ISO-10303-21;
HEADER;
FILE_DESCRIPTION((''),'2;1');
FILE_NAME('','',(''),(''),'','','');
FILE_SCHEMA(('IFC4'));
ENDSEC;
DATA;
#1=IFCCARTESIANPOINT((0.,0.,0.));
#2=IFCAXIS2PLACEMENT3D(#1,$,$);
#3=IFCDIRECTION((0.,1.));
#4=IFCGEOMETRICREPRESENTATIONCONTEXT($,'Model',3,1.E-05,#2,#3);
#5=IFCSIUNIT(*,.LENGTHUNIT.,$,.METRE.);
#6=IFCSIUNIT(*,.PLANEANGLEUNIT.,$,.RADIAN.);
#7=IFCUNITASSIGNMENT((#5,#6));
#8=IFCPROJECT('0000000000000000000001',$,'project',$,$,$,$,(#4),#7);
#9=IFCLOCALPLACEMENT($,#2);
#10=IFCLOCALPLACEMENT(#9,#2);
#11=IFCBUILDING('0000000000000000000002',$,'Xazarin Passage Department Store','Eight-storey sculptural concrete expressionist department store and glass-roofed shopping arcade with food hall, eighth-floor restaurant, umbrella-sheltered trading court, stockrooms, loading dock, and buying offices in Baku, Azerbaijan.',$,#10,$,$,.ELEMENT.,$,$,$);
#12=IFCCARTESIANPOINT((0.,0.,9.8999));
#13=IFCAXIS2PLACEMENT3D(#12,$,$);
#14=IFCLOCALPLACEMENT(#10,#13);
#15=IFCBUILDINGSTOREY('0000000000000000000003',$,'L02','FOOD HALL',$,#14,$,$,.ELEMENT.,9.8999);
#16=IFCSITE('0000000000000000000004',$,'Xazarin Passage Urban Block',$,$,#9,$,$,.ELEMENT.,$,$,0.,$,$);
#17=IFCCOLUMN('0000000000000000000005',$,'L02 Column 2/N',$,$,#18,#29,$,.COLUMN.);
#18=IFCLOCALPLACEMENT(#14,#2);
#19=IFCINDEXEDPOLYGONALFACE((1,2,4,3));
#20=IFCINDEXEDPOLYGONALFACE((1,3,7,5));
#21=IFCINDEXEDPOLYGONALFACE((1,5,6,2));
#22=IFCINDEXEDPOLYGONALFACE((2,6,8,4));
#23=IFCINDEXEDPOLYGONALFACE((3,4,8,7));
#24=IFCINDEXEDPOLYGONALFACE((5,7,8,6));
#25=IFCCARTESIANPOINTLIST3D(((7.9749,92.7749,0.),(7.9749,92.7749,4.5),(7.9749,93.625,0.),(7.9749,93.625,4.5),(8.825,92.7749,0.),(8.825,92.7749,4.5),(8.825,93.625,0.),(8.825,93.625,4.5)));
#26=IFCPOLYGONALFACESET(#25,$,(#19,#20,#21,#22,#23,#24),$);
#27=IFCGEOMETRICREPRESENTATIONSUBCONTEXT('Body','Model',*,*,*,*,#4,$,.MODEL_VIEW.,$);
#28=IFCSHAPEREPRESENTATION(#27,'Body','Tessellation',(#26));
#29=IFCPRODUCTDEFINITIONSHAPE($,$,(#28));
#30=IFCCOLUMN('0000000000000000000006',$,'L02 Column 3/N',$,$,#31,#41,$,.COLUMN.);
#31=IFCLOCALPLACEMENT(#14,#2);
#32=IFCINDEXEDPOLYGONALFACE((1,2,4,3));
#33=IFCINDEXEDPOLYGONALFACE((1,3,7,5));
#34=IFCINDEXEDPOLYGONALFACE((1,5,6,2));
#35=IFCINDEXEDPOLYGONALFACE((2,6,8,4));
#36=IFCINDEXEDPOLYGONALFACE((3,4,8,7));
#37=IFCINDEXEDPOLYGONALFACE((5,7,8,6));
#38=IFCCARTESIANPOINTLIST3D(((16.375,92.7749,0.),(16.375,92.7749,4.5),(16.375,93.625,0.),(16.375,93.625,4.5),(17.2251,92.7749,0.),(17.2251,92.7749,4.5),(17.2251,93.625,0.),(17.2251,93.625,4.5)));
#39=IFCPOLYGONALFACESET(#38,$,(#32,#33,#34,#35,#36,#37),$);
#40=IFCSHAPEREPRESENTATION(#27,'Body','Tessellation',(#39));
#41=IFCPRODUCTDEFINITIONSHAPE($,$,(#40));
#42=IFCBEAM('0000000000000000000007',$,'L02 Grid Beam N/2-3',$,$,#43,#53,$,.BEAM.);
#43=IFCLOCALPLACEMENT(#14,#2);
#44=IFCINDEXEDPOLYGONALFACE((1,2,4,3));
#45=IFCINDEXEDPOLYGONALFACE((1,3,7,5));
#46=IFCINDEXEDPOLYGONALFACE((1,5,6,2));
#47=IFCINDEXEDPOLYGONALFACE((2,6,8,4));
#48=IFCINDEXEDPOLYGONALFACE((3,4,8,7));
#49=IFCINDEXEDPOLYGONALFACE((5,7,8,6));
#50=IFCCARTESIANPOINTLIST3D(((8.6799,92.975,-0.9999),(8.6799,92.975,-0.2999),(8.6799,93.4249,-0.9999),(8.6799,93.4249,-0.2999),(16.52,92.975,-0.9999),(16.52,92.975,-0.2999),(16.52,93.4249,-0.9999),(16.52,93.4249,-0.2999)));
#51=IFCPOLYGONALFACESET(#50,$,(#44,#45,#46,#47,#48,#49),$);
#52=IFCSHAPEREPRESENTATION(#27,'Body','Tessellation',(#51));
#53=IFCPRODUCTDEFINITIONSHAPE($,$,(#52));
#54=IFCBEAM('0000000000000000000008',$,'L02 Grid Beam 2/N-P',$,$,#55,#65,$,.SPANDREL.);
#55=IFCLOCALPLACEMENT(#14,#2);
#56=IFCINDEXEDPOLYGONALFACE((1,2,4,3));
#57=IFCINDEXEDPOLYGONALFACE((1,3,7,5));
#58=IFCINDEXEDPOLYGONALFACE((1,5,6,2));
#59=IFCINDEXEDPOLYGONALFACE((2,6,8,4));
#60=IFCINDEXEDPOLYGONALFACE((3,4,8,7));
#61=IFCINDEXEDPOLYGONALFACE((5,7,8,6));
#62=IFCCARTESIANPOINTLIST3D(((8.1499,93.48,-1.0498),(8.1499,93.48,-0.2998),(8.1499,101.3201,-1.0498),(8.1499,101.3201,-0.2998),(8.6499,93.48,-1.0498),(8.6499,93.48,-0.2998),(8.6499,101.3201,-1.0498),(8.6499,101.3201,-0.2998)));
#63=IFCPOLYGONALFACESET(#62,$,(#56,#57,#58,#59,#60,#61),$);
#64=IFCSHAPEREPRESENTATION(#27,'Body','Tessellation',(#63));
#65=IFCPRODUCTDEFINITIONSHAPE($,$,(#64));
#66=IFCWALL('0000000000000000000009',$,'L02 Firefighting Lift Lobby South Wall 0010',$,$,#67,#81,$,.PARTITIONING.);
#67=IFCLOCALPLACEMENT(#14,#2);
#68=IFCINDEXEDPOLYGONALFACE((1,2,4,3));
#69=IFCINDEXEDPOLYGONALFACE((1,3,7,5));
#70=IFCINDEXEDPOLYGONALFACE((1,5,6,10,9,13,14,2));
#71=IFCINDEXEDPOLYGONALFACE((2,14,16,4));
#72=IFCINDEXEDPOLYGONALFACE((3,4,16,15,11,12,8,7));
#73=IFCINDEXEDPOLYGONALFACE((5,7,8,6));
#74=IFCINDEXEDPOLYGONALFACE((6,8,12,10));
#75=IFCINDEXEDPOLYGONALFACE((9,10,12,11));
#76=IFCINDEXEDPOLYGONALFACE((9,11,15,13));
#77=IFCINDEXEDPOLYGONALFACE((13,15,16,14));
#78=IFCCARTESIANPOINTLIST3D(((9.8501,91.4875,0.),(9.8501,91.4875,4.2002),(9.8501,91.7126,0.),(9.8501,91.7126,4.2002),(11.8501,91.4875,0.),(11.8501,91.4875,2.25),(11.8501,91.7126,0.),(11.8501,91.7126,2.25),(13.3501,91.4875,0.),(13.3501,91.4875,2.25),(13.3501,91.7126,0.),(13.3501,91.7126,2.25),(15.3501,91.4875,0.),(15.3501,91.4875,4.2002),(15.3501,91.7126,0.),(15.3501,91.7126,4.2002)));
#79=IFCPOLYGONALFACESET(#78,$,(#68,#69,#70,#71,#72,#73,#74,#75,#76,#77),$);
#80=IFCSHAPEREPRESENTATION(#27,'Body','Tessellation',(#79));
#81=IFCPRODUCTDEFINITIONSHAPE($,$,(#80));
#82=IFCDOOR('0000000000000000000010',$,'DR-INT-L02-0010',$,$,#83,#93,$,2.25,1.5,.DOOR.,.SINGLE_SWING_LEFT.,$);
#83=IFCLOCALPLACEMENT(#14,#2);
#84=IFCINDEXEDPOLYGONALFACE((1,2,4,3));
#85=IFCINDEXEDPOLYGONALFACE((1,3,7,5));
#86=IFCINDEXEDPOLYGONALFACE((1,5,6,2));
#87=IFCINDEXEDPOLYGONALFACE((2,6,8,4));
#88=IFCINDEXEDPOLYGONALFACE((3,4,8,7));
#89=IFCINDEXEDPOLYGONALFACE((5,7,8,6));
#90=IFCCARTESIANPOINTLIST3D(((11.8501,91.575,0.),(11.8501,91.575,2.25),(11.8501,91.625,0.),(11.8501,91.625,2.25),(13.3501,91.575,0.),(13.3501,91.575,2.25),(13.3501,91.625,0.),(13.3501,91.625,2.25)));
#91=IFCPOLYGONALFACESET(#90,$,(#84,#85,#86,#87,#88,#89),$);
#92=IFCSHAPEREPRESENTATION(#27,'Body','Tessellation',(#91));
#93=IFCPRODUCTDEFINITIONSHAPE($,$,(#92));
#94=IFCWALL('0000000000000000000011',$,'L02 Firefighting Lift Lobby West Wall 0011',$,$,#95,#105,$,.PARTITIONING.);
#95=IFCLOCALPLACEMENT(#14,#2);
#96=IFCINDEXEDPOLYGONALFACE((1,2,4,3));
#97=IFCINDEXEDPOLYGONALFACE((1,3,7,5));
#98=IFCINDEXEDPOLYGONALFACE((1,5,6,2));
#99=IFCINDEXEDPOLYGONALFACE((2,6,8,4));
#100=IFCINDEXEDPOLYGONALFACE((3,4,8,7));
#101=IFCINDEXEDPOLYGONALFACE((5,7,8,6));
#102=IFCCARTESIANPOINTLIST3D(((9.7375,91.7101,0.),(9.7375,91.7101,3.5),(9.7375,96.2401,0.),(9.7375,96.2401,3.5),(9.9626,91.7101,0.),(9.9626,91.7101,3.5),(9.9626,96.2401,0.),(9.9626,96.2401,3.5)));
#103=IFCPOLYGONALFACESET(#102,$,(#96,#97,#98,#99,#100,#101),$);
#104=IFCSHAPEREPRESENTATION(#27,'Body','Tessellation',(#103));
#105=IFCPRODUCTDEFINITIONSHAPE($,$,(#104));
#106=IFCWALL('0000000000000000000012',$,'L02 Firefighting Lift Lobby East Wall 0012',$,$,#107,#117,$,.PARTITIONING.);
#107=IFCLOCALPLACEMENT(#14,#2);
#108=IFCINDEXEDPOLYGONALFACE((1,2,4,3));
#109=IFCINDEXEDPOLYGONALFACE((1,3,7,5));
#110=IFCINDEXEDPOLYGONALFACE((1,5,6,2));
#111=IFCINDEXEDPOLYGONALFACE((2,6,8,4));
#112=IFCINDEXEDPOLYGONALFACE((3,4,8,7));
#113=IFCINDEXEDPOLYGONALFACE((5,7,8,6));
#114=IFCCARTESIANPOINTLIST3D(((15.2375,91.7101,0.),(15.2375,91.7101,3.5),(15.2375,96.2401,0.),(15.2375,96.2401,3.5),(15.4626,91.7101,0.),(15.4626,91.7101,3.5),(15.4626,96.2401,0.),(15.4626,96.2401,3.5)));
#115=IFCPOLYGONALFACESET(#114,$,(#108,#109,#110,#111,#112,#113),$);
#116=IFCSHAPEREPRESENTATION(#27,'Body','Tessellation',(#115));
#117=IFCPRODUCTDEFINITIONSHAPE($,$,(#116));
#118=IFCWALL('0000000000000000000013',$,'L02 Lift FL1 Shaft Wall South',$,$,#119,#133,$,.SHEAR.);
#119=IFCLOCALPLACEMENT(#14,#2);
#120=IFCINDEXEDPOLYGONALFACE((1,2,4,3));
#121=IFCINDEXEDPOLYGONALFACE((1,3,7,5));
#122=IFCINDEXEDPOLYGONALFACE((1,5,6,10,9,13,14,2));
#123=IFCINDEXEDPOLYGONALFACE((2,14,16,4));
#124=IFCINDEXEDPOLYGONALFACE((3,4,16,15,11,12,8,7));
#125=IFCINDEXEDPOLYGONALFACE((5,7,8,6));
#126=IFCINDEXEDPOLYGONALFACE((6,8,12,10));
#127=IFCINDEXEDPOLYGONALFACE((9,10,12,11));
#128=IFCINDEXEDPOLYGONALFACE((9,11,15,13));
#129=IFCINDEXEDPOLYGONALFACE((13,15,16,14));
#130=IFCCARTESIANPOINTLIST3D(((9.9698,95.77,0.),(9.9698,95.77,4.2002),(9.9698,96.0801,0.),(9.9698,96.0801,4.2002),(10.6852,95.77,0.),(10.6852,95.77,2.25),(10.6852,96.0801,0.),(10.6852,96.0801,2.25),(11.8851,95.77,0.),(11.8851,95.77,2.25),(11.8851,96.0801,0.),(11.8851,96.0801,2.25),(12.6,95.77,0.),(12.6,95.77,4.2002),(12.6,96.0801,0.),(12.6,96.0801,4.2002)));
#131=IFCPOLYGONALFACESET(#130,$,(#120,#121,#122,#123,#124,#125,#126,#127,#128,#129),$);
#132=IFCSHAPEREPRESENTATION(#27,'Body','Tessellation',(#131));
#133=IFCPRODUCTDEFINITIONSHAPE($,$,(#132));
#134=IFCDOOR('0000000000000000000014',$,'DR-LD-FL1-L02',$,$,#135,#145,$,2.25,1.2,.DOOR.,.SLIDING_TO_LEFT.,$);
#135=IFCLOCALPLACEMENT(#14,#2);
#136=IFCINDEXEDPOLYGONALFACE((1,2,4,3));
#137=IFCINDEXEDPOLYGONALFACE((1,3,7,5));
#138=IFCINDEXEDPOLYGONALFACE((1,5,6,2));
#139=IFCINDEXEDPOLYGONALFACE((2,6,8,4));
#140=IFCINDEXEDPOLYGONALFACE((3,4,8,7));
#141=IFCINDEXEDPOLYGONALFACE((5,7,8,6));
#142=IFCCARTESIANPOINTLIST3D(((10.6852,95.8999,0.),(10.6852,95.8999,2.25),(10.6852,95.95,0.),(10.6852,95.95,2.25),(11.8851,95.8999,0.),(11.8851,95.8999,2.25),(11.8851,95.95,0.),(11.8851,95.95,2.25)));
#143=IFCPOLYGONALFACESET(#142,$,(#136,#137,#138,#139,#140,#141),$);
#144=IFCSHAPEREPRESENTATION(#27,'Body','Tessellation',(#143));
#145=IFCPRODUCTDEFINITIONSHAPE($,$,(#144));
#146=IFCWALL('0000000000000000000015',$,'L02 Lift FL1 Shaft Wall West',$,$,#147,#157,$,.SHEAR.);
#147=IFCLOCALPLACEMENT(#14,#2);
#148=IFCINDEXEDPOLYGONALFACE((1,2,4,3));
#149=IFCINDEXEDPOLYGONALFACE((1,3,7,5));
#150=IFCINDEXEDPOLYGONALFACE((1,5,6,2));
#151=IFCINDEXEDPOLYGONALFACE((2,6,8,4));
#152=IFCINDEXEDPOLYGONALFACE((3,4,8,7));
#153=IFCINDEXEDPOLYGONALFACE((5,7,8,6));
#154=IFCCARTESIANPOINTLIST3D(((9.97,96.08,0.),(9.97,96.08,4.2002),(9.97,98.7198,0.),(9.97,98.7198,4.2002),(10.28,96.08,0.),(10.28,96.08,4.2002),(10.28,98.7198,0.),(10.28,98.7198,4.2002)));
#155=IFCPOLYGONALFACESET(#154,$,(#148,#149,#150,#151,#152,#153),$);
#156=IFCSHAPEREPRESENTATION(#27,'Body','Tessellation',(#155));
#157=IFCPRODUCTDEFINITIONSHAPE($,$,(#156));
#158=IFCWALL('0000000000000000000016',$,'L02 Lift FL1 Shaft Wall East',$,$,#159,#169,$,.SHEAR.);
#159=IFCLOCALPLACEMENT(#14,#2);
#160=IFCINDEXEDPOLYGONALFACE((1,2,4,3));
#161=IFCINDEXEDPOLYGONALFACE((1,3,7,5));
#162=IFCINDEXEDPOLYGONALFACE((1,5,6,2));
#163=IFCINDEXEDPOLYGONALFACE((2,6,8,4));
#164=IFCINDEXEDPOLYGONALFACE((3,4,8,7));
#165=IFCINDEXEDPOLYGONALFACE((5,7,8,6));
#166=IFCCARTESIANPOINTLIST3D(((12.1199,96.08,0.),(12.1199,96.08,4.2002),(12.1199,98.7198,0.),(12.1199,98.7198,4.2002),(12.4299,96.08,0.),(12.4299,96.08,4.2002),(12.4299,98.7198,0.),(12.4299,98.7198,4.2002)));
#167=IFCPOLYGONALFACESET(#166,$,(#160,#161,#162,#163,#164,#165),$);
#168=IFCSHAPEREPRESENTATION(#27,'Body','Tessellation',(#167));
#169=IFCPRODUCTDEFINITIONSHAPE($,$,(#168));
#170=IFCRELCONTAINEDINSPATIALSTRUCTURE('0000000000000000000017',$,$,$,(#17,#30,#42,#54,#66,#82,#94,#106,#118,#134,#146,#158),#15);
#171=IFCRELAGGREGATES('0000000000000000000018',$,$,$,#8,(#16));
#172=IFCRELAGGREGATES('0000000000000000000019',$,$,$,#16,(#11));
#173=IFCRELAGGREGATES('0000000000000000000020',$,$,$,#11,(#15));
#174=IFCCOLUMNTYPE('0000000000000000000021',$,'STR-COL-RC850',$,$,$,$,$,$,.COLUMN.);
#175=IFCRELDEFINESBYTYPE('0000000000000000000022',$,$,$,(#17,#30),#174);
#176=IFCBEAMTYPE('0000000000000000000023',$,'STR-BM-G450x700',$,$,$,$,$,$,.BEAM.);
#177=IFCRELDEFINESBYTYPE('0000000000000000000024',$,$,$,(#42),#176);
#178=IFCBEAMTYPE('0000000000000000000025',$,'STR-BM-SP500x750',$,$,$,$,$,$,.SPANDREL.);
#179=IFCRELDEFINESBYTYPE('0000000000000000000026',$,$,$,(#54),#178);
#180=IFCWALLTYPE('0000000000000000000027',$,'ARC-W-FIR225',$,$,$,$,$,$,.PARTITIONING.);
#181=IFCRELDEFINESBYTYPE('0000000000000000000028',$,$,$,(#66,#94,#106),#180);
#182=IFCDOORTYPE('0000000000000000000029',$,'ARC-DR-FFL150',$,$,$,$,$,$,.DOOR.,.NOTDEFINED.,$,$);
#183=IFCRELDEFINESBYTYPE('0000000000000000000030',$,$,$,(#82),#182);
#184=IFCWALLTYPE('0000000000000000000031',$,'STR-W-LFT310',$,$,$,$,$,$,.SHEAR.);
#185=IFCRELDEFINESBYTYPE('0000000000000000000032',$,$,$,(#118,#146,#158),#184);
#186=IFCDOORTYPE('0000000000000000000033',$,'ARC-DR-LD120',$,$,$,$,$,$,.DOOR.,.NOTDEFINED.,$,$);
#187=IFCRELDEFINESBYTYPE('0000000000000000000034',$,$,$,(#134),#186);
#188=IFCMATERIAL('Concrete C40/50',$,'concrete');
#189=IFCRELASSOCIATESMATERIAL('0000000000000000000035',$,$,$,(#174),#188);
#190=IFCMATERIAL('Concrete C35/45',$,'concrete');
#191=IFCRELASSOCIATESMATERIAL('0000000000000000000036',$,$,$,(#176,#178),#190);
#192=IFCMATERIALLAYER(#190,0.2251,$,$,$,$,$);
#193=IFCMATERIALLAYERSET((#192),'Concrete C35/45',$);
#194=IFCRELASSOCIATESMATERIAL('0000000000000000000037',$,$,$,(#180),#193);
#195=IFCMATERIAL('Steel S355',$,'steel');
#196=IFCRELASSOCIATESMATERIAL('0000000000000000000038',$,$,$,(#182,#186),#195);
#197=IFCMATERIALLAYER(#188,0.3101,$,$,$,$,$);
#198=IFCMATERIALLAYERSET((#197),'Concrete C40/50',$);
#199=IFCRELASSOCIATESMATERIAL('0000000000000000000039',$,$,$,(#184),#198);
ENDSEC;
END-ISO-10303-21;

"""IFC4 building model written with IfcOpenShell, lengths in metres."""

from ifc_helpers import new_model, si_unit, direction, frame, frame_2d, origin, origin_2d, place, context, subcontext, project, spatial, rectangle, extrude, material, layer, layer_set, material_profile, profile_set, type_object, element, fill, save


model = new_model("IFC4")

# Units and contexts
model_context = context("Model", 3, precision=1e-05, world=origin(), true_north=direction((0.0, 1.0)))
body_context = subcontext(model_context, "Body", "Model", "MODEL_VIEW")
ifc_project = project(units=[si_unit("LENGTHUNIT", "METRE"), si_unit("PLANEANGLEUNIT", "RADIAN")], contexts=[model_context])

# Site, building, storey
site_placement = place(None, origin())
site = spatial("IfcSite", under=ifc_project, at=site_placement, Name="Xazarin Passage Urban Block", CompositionType="ELEMENT", RefElevation=0.0)
building_placement = place(site_placement, origin())
building = spatial("IfcBuilding", under=site, at=building_placement, Name="Xazarin Passage Department Store", Description="Eight-storey sculptural concrete expressionist department store and glass-roofed shopping arcade with food hall, eighth-floor restaurant, umbrella-sheltered trading court, stockrooms, loading dock, and buying offices in Baku, Azerbaijan.", CompositionType="ELEMENT")
storey_placement = place(building_placement, frame((0.0, 0.0, 9.8999)))
storey = spatial("IfcBuildingStorey", under=building, at=storey_placement, Name="L02", Description="FOOD HALL", CompositionType="ELEMENT", Elevation=9.8999)

# Columns
ifc_material_1 = material(Name="Concrete C40/50", Category="concrete")
ifc_material_profile_1 = material_profile(ifc_material_1, rectangle(XDim=0.8501, YDim=0.8501, at=origin_2d()), Name="RC 850x850")
ifc_profile_set_1 = profile_set([ifc_material_profile_1], Name="Concrete C40/50")
column_type = type_object("IfcColumnType", Name="STR-COL-RC850", PredefinedType="COLUMN", material=ifc_profile_set_1)
for number, where, z_axis, x_axis, name in (
    (1, (8.3999, 93.2, 0.0), (0.0, 0.0, 1.0), (1.0, 0.0, 0.0), "L02 Column 2/N"),
    (2, (16.8, 93.2, 0.0), (0.0, 0.0, 1.0), (1.0, 0.0, 0.0), "L02 Column 3/N"),
):
    element("IfcColumn", number, at=place(storey_placement, frame(where, z_axis=z_axis, x_axis=x_axis)), inside=storey, type_object=column_type, Name=name, PredefinedType="COLUMN", context=body_context, shape_type="SweptSolid", body=[
        extrude(rectangle(XDim=0.8501, YDim=0.8501, at=origin_2d()), origin(), (0.0, 0.0, 1.0), 4.5),
    ])

# Beams
ifc_material_2 = material(Name="Concrete C35/45", Category="concrete")
ifc_material_profile_2 = material_profile(ifc_material_2, rectangle(XDim=0.45, YDim=0.7, at=origin_2d()), Name="RC 450x700")
ifc_profile_set_2 = profile_set([ifc_material_profile_2], Name="Concrete C35/45")
beam_type_1 = type_object("IfcBeamType", Name="STR-BM-G450x700", PredefinedType="BEAM", material=ifc_profile_set_2)
beam_1_placement = place(storey_placement, frame((8.6799, 93.2, -0.6499), z_axis=(1.0, 0.0, 0.0), x_axis=(0.0, 1.0, 0.0)))
element("IfcBeam", 3, at=beam_1_placement, inside=storey, type_object=beam_type_1, Name="L02 Grid Beam N/2-3", PredefinedType="BEAM", context=body_context, shape_type="SweptSolid", body=[
    extrude(rectangle(XDim=0.45, YDim=0.7, at=origin_2d()), origin(), (0.0, 0.0, 1.0), 7.8401),
])
ifc_material_profile_3 = material_profile(ifc_material_2, rectangle(XDim=0.5, YDim=0.75, at=origin_2d()), Name="RC 500x750")
ifc_profile_set_3 = profile_set([ifc_material_profile_3], Name="Concrete C35/45")
beam_type_2 = type_object("IfcBeamType", Name="STR-BM-SP500x750", PredefinedType="SPANDREL", material=ifc_profile_set_3)
beam_2_placement = place(storey_placement, frame((8.3999, 93.48, -0.6748), z_axis=(0.0, 1.0, 0.0), x_axis=(-1.0, 0.0, 0.0)))
element("IfcBeam", 4, at=beam_2_placement, inside=storey, type_object=beam_type_2, Name="L02 Grid Beam 2/N-P", PredefinedType="SPANDREL", context=body_context, shape_type="SweptSolid", body=[
    extrude(rectangle(XDim=0.5, YDim=0.75, at=origin_2d()), origin(), (0.0, 0.0, 1.0), 7.8401),
])

# Wall, opening, door
ifc_layer_1 = layer(ifc_material_2, 0.2251)
ifc_layer_set_1 = layer_set([ifc_layer_1], Name="Concrete C35/45")
wall_type_1 = type_object("IfcWallType", Name="ARC-W-FIR225", PredefinedType="PARTITIONING", material=ifc_layer_set_1)
wall_1_placement = place(storey_placement, frame((9.8501, 91.6001, 0.0), z_axis=(0.0, 0.0, 1.0), x_axis=(1.0, 0.0, 0.0)))
wall_1 = element("IfcWall", 5, at=wall_1_placement, inside=storey, type_object=wall_type_1, Name="L02 Firefighting Lift Lobby South Wall 0010", PredefinedType="PARTITIONING", context=body_context, shape_type="SweptSolid", body=[
    extrude(rectangle(XDim=5.5, YDim=0.2251, at=frame_2d((2.75, 0.0))), origin(), (0.0, 0.0, 1.0), 4.2002),
])
opening_1_placement = place(wall_1_placement, frame((2.0, 0.0, 0.0)))
opening_1 = element("IfcOpeningElement", 6, at=opening_1_placement, cuts=wall_1, PredefinedType="OPENING", context=body_context, shape_type="SweptSolid", body=[
    extrude(rectangle(XDim=1.5, YDim=2.25, at=frame_2d((0.75, 1.125))), frame((0.0, 0.1226, 0.0), z_axis=(0.0, -1.0, 0.0), x_axis=(1.0, 0.0, 0.0)), (0.0, 0.0, 1.0), 0.2451),
])
ifc_material_3 = material(Name="Steel S355", Category="steel")
door_type_1 = type_object("IfcDoorType", Name="ARC-DR-FFL150", OperationType="NOTDEFINED", PredefinedType="DOOR", material=ifc_material_3)
door_1_placement = place(opening_1_placement, origin())
door_1 = element("IfcDoor", 7, at=door_1_placement, inside=storey, type_object=door_type_1, Name="DR-INT-L02-0010", OperationType="SINGLE_SWING_LEFT", OverallHeight=2.25, OverallWidth=1.5, PredefinedType="DOOR", context=body_context, shape_type="SweptSolid", body=[
    extrude(rectangle(XDim=1.5, YDim=2.25, at=frame_2d((0.75, 1.125))), frame((0.0, 0.0249, 0.0), z_axis=(0.0, -1.0, 0.0), x_axis=(1.0, 0.0, 0.0)), (0.0, 0.0, 1.0), 0.05),
])
fill(opening_1, door_1)

# Walls
for number, where, z_axis, x_axis, name in (
    (8, (9.8501, 91.71, 0.0), (0.0, 0.0, 1.0), (0.0, 1.0, 0.0), "L02 Firefighting Lift Lobby West Wall 0011"),
    (9, (15.3501, 91.71, 0.0), (0.0, 0.0, 1.0), (0.0, 1.0, 0.0), "L02 Firefighting Lift Lobby East Wall 0012"),
):
    element("IfcWall", number, at=place(storey_placement, frame(where, z_axis=z_axis, x_axis=x_axis)), inside=storey, type_object=wall_type_1, Name=name, PredefinedType="PARTITIONING", context=body_context, shape_type="SweptSolid", body=[
        extrude(rectangle(XDim=4.53, YDim=0.2251, at=frame_2d((2.2651, 0.0))), origin(), (0.0, 0.0, 1.0), 3.5),
    ])

# Wall, opening, door
ifc_layer_2 = layer(ifc_material_1, 0.3101)
ifc_layer_set_2 = layer_set([ifc_layer_2], Name="Concrete C40/50")
wall_type_2 = type_object("IfcWallType", Name="STR-W-LFT310", PredefinedType="SHEAR", material=ifc_layer_set_2)
wall_2_placement = place(storey_placement, frame((9.97, 95.925, 0.0), z_axis=(0.0, 0.0, 1.0), x_axis=(1.0, 0.0, 0.0)))
wall_2 = element("IfcWall", 10, at=wall_2_placement, inside=storey, type_object=wall_type_2, Name="L02 Lift FL1 Shaft Wall South", PredefinedType="SHEAR", context=body_context, shape_type="SweptSolid", body=[
    extrude(rectangle(XDim=2.6301, YDim=0.3101, at=frame_2d((1.3149, 0.0))), origin(), (0.0, 0.0, 1.0), 4.2002),
])
opening_2_placement = place(wall_2_placement, frame((0.7151, 0.0, 0.0)))
opening_2 = element("IfcOpeningElement", 11, at=opening_2_placement, cuts=wall_2, PredefinedType="OPENING", context=body_context, shape_type="SweptSolid", body=[
    extrude(rectangle(XDim=1.2, YDim=2.25, at=frame_2d((0.6001, 1.125))), frame((0.0, 0.165, 0.0), z_axis=(0.0, -1.0, 0.0), x_axis=(1.0, 0.0, 0.0)), (0.0, 0.0, 1.0), 0.3301),
])
door_type_2 = type_object("IfcDoorType", Name="ARC-DR-LD120", OperationType="NOTDEFINED", PredefinedType="DOOR", material=ifc_material_3)
door_2_placement = place(opening_2_placement, origin())
door_2 = element("IfcDoor", 12, at=door_2_placement, inside=storey, type_object=door_type_2, Name="DR-LD-FL1-L02", OperationType="SLIDING_TO_LEFT", OverallHeight=2.25, OverallWidth=1.2, PredefinedType="DOOR", context=body_context, shape_type="SweptSolid", body=[
    extrude(rectangle(XDim=1.2, YDim=2.25, at=frame_2d((0.6001, 1.125))), frame((0.0, 0.0249, 0.0), z_axis=(0.0, -1.0, 0.0), x_axis=(1.0, 0.0, 0.0)), (0.0, 0.0, 1.0), 0.05),
])
fill(opening_2, door_2)

# Walls
for number, where, z_axis, x_axis, name in (
    (13, (10.125, 96.0801, 0.0), (0.0, 0.0, 1.0), (0.0, 1.0, 0.0), "L02 Lift FL1 Shaft Wall West"),
    (14, (12.2749, 96.0801, 0.0), (0.0, 0.0, 1.0), (0.0, 1.0, 0.0), "L02 Lift FL1 Shaft Wall East"),
):
    element("IfcWall", number, at=place(storey_placement, frame(where, z_axis=z_axis, x_axis=x_axis)), inside=storey, type_object=wall_type_2, Name=name, PredefinedType="SHEAR", context=body_context, shape_type="SweptSolid", body=[
        extrude(rectangle(XDim=2.6399, YDim=0.3101, at=frame_2d((1.3198, 0.0))), origin(), (0.0, 0.0, 1.0), 4.2002),
    ])

save(model, "model.ifc")
